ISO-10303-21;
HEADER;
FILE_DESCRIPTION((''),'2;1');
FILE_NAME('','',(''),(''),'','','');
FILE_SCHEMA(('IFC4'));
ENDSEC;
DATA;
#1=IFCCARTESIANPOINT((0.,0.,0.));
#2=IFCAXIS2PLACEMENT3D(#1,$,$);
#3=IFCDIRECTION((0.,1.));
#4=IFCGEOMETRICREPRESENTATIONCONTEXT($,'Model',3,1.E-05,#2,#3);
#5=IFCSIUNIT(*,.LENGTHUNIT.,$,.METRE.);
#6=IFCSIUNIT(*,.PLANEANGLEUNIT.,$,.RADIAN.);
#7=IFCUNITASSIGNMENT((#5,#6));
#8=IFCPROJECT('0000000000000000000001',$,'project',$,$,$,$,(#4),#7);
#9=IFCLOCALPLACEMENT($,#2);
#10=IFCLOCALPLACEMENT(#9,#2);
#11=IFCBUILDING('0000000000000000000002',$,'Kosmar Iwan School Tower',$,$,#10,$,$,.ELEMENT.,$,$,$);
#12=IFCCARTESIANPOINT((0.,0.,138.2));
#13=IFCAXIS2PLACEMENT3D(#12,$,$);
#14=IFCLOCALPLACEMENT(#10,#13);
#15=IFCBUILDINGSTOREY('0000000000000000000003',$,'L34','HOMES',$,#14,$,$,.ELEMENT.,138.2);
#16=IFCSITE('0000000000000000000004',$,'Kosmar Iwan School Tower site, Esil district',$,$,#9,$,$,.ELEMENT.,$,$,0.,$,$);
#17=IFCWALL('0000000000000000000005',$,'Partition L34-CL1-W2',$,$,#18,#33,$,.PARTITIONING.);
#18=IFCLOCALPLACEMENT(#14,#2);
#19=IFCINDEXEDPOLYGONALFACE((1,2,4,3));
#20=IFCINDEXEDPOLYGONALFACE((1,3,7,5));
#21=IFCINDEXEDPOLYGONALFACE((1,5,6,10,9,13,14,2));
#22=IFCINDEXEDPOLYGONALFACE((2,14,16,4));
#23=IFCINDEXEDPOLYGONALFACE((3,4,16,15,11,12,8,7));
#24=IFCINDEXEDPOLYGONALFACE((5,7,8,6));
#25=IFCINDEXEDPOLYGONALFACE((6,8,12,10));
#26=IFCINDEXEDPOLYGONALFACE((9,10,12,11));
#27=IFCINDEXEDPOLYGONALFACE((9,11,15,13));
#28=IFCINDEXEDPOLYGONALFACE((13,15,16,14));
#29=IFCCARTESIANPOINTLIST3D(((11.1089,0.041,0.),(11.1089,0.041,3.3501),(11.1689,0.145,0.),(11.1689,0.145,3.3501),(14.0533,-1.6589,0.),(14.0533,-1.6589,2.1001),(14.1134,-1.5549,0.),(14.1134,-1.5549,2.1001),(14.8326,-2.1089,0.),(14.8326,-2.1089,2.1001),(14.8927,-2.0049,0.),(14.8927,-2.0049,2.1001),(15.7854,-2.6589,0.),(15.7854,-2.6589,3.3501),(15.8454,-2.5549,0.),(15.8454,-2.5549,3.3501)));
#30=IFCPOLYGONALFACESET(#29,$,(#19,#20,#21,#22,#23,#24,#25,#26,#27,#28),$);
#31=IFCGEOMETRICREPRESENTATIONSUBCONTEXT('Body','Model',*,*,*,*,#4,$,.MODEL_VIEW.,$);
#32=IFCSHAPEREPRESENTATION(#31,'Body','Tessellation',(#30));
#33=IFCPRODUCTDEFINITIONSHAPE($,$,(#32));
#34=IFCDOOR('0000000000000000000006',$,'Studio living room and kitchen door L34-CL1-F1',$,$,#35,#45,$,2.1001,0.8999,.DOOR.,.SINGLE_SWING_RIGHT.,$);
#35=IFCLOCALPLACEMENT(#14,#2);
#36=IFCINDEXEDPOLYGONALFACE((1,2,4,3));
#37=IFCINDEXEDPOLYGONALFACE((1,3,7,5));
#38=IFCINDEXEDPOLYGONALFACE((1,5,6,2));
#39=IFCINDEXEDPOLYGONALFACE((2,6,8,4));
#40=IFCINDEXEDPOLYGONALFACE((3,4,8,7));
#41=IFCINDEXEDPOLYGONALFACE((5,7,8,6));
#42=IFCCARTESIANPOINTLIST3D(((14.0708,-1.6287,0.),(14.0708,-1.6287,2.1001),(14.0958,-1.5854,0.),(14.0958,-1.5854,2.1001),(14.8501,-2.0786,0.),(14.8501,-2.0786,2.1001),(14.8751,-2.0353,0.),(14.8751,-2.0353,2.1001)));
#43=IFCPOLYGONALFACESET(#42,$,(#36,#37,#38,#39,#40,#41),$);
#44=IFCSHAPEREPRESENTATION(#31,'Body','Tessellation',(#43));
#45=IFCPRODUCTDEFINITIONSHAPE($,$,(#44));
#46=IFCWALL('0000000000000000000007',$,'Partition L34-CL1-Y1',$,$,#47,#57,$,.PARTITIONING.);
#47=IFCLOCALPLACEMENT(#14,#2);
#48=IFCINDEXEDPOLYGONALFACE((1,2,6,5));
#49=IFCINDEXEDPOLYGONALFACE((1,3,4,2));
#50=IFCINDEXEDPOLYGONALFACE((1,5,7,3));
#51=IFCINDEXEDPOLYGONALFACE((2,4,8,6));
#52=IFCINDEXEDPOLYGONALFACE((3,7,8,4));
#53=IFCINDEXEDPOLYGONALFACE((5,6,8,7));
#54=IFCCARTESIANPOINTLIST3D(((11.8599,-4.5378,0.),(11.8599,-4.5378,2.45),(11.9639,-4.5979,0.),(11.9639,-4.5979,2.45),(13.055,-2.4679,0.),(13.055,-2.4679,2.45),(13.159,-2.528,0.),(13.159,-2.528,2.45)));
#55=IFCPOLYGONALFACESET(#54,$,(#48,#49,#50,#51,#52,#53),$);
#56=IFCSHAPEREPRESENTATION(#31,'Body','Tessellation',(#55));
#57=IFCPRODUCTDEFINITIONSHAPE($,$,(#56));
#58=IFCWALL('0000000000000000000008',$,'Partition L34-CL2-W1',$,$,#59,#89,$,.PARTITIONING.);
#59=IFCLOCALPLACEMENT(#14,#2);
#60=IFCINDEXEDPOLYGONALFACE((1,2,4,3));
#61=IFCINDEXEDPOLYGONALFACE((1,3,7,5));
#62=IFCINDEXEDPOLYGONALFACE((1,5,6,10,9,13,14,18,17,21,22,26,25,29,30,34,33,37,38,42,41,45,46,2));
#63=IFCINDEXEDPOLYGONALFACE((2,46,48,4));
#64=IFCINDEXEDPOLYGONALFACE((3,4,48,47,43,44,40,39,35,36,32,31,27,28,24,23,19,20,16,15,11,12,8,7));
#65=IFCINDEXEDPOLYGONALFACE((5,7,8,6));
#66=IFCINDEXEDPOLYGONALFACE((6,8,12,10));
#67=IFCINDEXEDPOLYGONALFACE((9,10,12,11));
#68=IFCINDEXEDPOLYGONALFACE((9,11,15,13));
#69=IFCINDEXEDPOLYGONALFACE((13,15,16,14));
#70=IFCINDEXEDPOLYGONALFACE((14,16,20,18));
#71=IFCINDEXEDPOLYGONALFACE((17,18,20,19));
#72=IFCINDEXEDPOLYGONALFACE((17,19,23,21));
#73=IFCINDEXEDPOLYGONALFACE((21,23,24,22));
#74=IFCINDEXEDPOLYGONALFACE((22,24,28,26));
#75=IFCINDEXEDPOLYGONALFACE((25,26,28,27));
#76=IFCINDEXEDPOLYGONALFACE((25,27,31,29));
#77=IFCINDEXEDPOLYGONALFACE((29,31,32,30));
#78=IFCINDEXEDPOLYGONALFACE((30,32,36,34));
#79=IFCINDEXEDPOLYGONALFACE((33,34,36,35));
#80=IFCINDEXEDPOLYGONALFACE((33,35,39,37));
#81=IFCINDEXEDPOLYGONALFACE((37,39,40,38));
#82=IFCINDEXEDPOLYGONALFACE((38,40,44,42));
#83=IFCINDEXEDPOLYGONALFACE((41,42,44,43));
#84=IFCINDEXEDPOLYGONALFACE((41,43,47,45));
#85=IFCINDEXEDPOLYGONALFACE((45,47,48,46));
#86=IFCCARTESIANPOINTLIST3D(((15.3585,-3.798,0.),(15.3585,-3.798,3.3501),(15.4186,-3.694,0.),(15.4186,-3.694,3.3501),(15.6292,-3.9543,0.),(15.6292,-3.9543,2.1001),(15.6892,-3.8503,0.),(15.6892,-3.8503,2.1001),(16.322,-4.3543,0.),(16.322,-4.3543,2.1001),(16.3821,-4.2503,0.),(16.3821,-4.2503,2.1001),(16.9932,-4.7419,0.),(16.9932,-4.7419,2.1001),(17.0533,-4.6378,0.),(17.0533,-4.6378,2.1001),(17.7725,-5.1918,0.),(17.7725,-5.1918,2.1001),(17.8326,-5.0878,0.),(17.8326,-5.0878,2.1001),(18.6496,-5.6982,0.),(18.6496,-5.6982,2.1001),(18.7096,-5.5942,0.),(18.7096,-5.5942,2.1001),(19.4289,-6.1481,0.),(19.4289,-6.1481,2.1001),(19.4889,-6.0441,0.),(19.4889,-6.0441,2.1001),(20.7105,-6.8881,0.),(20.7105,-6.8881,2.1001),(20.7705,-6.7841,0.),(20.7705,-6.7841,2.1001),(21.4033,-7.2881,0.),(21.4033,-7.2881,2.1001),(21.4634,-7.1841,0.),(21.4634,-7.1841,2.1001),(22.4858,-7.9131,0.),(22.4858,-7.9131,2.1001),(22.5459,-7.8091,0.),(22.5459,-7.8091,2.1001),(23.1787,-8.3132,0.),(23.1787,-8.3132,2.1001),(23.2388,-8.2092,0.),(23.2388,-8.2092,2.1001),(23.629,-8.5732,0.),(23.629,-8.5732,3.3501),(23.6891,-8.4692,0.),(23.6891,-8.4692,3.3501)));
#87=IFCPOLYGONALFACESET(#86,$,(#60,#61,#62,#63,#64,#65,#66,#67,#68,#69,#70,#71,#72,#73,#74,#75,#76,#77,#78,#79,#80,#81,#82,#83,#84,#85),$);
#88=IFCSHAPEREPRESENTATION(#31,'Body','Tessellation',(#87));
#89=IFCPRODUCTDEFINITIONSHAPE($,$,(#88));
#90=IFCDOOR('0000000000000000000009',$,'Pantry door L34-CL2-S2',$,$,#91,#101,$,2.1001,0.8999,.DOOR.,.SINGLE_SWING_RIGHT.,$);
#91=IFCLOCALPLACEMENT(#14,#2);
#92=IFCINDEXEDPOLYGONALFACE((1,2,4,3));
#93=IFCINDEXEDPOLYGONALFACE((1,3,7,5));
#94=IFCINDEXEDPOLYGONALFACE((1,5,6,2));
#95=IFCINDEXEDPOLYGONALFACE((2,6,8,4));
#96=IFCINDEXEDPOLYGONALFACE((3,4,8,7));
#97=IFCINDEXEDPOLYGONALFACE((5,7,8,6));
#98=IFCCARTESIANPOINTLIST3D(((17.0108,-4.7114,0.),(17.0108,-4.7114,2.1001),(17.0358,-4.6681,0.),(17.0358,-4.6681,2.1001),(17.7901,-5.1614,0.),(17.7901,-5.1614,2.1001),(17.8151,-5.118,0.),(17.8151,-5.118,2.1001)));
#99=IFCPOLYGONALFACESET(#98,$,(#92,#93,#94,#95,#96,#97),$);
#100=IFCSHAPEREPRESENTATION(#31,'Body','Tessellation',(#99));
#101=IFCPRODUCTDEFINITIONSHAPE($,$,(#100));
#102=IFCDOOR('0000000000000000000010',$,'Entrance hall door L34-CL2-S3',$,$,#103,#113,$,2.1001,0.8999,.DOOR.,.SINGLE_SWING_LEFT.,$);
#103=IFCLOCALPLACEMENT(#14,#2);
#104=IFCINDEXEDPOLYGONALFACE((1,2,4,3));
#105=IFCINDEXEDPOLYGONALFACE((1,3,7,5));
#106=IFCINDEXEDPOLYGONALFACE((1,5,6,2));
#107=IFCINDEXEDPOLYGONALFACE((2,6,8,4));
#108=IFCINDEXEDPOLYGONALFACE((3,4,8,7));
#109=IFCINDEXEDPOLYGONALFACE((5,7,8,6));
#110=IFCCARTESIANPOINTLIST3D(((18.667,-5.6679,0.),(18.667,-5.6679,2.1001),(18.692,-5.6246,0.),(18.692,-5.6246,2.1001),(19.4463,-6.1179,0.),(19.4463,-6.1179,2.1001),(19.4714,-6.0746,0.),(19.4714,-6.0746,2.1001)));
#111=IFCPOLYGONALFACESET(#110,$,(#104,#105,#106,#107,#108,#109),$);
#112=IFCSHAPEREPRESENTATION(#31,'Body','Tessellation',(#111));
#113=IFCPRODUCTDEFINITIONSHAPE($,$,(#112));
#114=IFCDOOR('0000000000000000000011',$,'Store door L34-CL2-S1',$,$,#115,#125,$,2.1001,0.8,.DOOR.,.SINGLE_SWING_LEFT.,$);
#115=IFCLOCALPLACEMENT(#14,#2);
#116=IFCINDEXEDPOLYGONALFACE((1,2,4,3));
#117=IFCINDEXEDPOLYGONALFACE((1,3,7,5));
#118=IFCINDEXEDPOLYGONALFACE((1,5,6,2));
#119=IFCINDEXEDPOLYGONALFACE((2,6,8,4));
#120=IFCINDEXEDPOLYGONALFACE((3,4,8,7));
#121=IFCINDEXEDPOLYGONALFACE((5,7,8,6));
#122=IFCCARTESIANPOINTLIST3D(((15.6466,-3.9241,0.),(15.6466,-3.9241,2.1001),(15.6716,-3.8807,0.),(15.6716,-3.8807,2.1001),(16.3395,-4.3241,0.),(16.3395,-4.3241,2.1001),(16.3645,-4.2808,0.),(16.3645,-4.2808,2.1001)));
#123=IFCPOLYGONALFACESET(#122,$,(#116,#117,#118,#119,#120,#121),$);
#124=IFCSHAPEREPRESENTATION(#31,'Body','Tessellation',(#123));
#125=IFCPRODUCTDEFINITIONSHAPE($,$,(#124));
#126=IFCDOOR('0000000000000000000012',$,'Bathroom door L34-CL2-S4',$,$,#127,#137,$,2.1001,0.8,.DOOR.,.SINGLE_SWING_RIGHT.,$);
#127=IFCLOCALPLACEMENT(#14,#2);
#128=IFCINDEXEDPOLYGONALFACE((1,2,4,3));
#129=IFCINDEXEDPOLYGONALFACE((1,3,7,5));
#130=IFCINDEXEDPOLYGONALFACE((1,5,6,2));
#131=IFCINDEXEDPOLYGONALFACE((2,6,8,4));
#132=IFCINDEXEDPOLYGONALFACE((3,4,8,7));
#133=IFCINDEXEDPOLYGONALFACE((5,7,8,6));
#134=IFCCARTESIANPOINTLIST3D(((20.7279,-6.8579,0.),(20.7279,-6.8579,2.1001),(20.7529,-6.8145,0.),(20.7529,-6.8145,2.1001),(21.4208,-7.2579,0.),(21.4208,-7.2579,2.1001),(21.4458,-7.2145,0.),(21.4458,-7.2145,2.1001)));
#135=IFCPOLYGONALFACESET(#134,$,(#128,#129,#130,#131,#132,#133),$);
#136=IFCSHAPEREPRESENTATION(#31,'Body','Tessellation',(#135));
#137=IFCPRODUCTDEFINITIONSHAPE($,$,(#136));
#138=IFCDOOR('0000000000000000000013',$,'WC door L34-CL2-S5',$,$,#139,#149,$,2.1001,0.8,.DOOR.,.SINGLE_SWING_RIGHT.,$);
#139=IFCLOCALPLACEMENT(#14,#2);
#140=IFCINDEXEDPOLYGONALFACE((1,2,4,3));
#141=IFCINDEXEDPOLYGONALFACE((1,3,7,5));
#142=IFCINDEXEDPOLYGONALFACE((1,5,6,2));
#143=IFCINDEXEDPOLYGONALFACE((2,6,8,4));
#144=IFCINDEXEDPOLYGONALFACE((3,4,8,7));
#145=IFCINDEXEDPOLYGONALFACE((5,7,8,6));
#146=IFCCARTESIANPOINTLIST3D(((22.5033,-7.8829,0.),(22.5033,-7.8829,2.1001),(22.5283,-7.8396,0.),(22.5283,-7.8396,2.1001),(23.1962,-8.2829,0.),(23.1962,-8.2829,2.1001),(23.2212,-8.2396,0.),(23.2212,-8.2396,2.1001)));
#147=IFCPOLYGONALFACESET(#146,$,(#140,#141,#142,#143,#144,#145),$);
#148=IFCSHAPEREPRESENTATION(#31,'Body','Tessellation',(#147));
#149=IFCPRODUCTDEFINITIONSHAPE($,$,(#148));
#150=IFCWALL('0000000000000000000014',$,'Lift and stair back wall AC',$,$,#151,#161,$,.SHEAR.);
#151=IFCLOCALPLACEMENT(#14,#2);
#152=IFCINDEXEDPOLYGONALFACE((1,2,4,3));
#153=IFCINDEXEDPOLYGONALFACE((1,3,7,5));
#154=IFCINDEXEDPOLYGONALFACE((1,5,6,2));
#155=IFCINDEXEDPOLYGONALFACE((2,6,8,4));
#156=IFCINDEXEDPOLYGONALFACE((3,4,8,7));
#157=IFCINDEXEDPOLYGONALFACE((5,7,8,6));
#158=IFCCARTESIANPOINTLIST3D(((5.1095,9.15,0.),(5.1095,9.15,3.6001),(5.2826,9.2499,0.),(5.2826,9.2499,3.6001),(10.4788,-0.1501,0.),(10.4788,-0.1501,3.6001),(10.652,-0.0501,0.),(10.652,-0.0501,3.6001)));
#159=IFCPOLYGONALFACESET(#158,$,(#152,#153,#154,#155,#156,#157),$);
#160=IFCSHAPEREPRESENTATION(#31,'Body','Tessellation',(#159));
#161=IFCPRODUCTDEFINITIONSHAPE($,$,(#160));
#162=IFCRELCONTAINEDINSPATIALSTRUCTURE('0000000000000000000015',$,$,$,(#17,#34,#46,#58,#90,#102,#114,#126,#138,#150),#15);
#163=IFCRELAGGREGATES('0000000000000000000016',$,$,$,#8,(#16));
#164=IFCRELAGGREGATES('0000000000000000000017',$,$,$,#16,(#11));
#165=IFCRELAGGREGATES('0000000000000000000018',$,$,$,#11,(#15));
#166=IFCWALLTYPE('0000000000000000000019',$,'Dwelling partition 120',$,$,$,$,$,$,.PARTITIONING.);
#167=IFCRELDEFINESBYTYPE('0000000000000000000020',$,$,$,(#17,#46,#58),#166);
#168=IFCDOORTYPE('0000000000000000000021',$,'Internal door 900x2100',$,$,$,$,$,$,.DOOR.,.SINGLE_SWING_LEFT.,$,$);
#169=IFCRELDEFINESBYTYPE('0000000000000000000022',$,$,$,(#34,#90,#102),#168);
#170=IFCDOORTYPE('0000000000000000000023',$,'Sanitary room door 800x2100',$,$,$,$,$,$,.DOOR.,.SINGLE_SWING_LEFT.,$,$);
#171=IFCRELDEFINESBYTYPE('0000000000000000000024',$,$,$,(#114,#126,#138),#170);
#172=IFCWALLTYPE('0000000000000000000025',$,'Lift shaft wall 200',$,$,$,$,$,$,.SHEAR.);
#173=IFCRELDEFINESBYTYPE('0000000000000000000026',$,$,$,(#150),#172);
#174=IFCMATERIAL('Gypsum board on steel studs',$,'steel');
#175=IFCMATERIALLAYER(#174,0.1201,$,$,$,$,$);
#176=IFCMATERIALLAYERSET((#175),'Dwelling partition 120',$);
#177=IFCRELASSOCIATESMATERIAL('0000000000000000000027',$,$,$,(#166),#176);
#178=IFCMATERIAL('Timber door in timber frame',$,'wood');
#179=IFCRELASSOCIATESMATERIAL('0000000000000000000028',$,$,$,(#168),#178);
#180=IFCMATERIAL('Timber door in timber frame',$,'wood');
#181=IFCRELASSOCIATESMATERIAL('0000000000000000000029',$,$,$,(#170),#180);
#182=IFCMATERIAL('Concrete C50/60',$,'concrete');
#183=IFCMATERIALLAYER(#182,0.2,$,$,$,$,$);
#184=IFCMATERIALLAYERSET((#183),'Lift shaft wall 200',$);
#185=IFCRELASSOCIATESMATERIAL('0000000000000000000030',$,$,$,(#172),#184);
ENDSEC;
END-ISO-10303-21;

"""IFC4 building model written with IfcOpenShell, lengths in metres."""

from ifc_helpers import new_model, si_unit, direction, frame, frame_2d, origin, place, context, subcontext, project, spatial, rectangle, extrude, material, layer, layer_set, type_object, element, fill, save


model = new_model("IFC4")

# Units and contexts
model_context = context("Model", 3, precision=1e-05, world=origin(), true_north=direction((0.0, 1.0)))
body_context = subcontext(model_context, "Body", "Model", "MODEL_VIEW")
ifc_project = project(units=[si_unit("LENGTHUNIT", "METRE"), si_unit("PLANEANGLEUNIT", "RADIAN")], contexts=[model_context])

# Site, building, storey
site_placement = place(None, origin())
site = spatial("IfcSite", under=ifc_project, at=site_placement, Name="Kosmar Iwan School Tower site, Esil district", CompositionType="ELEMENT", RefElevation=0.0)
building_placement = place(site_placement, origin())
building = spatial("IfcBuilding", under=site, at=building_placement, Name="Kosmar Iwan School Tower", CompositionType="ELEMENT")
storey_placement = place(building_placement, frame((0.0, 0.0, 138.2)))
storey = spatial("IfcBuildingStorey", under=building, at=storey_placement, Name="L34", Description="HOMES", CompositionType="ELEMENT", Elevation=138.2)

# Shared definitions
ifc_material_1 = material(Name="Gypsum board on steel studs", Category="steel")
ifc_layer_1 = layer(ifc_material_1, 0.1201)
ifc_layer_set_1 = layer_set([ifc_layer_1], Name="Dwelling partition 120")
wall_type_1 = type_object("IfcWallType", Name="Dwelling partition 120", PredefinedType="PARTITIONING", material=ifc_layer_set_1)
ifc_material_2 = material(Name="Timber door in timber frame", Category="wood")
door_type_1 = type_object("IfcDoorType", Name="Internal door 900x2100", OperationType="SINGLE_SWING_LEFT", PredefinedType="DOOR", material=ifc_material_2)
ifc_material_3 = material(Name="Timber door in timber frame", Category="wood")
door_type_2 = type_object("IfcDoorType", Name="Sanitary room door 800x2100", OperationType="SINGLE_SWING_LEFT", PredefinedType="DOOR", material=ifc_material_3)

# Wall, opening, door
wall_1_placement = place(storey_placement, frame((11.1389, 0.093, 0.0), z_axis=(0.0, 0.0, 1.0), x_axis=(0.866028, -0.499995, 0.0)))
wall_1 = element("IfcWall", 1, at=wall_1_placement, inside=storey, type_object=wall_type_1, Name="Partition L34-CL1-W2", PredefinedType="PARTITIONING", context=body_context, shape_type="SweptSolid", body=[
    extrude(rectangle(XDim=5.3999, YDim=0.1201, at=frame_2d((2.7, 0.0))), origin(), (0.0, 0.0, 1.0), 3.3501),
])
opening_1_placement = place(wall_1_placement, frame((3.3999, 0.0, 0.0)))
opening_1 = element("IfcOpeningElement", 2, at=opening_1_placement, cuts=wall_1, PredefinedType="OPENING", context=body_context, shape_type="SweptSolid", body=[
    extrude(rectangle(XDim=0.8999, YDim=2.1001, at=frame_2d((0.45, 1.05))), frame((0.0, 0.072, 0.0), z_axis=(0.0, -1.0, 0.0), x_axis=(1.0, 0.0, 0.0)), (0.0, 0.0, 1.0), 0.144),
])
door_1_placement = place(opening_1_placement, origin())
door_1 = element("IfcDoor", 3, at=door_1_placement, inside=storey, type_object=door_type_1, Name="Studio living room and kitchen door L34-CL1-F1", OperationType="SINGLE_SWING_RIGHT", OverallHeight=2.1001, OverallWidth=0.8999, PredefinedType="DOOR", context=body_context, shape_type="SweptSolid", body=[
    extrude(rectangle(XDim=0.8999, YDim=2.1001, at=frame_2d((0.45, 1.05))), frame((0.0, 0.0249, 0.0), z_axis=(0.0, -1.0, 0.0), x_axis=(1.0, 0.0, 0.0)), (0.0, 0.0, 1.0), 0.05),
])
fill(opening_1, door_1)

# Wall
wall_2_placement = place(storey_placement, frame((11.9119, -4.5679, 0.0), z_axis=(0.0, 0.0, 1.0), x_axis=(0.500017, 0.866015, 0.0)))
element("IfcWall", 4, at=wall_2_placement, inside=storey, type_object=wall_type_1, Name="Partition L34-CL1-Y1", PredefinedType="PARTITIONING", context=body_context, shape_type="SweptSolid", body=[
    extrude(rectangle(XDim=2.3901, YDim=0.1201, at=frame_2d((1.1951, 0.0))), origin(), (0.0, 0.0, 1.0), 2.45),
])

# Wall, openings, doors
wall_3_placement = place(storey_placement, frame((15.3887, -3.7461, 0.0), z_axis=(0.0, 0.0, 1.0), x_axis=(0.866018, -0.500013, 0.0)))
wall_3 = element("IfcWall", 5, at=wall_3_placement, inside=storey, type_object=wall_type_1, Name="Partition L34-CL2-W1", PredefinedType="PARTITIONING", context=body_context, shape_type="SweptSolid", body=[
    extrude(rectangle(XDim=9.55, YDim=0.1201, at=frame_2d((4.7749, 0.0))), origin(), (0.0, 0.0, 1.0), 3.3501),
])
opening_2_placement = place(wall_3_placement, frame((0.3125, 0.0, 0.0)))
opening_2 = element("IfcOpeningElement", 6, at=opening_2_placement, cuts=wall_3, PredefinedType="OPENING", context=body_context, shape_type="SweptSolid", body=[
    extrude(rectangle(XDim=0.8, YDim=2.1001, at=frame_2d((0.3999, 1.05))), frame((0.0, 0.072, 0.0), z_axis=(0.0, -1.0, 0.0), x_axis=(1.0, 0.0, 0.0)), (0.0, 0.0, 1.0), 0.144),
])
opening_3_placement = place(wall_3_placement, frame((1.8875, 0.0, 0.0)))
opening_3 = element("IfcOpeningElement", 7, at=opening_3_placement, cuts=wall_3, PredefinedType="OPENING", context=body_context, shape_type="SweptSolid", body=[
    extrude(rectangle(XDim=0.8999, YDim=2.1001, at=frame_2d((0.45, 1.05))), frame((0.0, 0.072, 0.0), z_axis=(0.0, -1.0, 0.0), x_axis=(1.0, 0.0, 0.0)), (0.0, 0.0, 1.0), 0.144),
])
opening_4_placement = place(wall_3_placement, frame((3.8, 0.0, 0.0)))
opening_4 = element("IfcOpeningElement", 8, at=opening_4_placement, cuts=wall_3, PredefinedType="OPENING", context=body_context, shape_type="SweptSolid", body=[
    extrude(rectangle(XDim=0.8999, YDim=2.1001, at=frame_2d((0.45, 1.05))), frame((0.0, 0.072, 0.0), z_axis=(0.0, -1.0, 0.0), x_axis=(1.0, 0.0, 0.0)), (0.0, 0.0, 1.0), 0.144),
])
opening_5_placement = place(wall_3_placement, frame((6.1799, 0.0, 0.0)))
opening_5 = element("IfcOpeningElement", 9, at=opening_5_placement, cuts=wall_3, PredefinedType="OPENING", context=body_context, shape_type="SweptSolid", body=[
    extrude(rectangle(XDim=0.8, YDim=2.1001, at=frame_2d((0.3999, 1.05))), frame((0.0, 0.072, 0.0), z_axis=(0.0, -1.0, 0.0), x_axis=(1.0, 0.0, 0.0)), (0.0, 0.0, 1.0), 0.144),
])
opening_6_placement = place(wall_3_placement, frame((8.23, 0.0, 0.0)))
opening_6 = element("IfcOpeningElement", 10, at=opening_6_placement, cuts=wall_3, PredefinedType="OPENING", context=body_context, shape_type="SweptSolid", body=[
    extrude(rectangle(XDim=0.8, YDim=2.1001, at=frame_2d((0.3999, 1.05))), frame((0.0, 0.072, 0.0), z_axis=(0.0, -1.0, 0.0), x_axis=(1.0, 0.0, 0.0)), (0.0, 0.0, 1.0), 0.144),
])
door_2_placement = place(opening_3_placement, frame((0.8999, 0.0, 0.0), z_axis=(0.0, 0.0, 1.0), x_axis=(-1.0, 0.0, 0.0)))
door_2 = element("IfcDoor", 11, at=door_2_placement, inside=storey, type_object=door_type_1, Name="Pantry door L34-CL2-S2", OperationType="SINGLE_SWING_RIGHT", OverallHeight=2.1001, OverallWidth=0.8999, PredefinedType="DOOR", context=body_context, shape_type="SweptSolid", body=[
    extrude(rectangle(XDim=0.8999, YDim=2.1001, at=frame_2d((0.45, 1.05))), frame((0.0, 0.0249, 0.0), z_axis=(0.0, -1.0, 0.0), x_axis=(1.0, 0.0, 0.0)), (0.0, 0.0, 1.0), 0.05),
])
fill(opening_3, door_2)
door_3_placement = place(opening_4_placement, origin())
door_3 = element("IfcDoor", 12, at=door_3_placement, inside=storey, type_object=door_type_1, Name="Entrance hall door L34-CL2-S3", OperationType="SINGLE_SWING_LEFT", OverallHeight=2.1001, OverallWidth=0.8999, PredefinedType="DOOR", context=body_context, shape_type="SweptSolid", body=[
    extrude(rectangle(XDim=0.8999, YDim=2.1001, at=frame_2d((0.45, 1.05))), frame((0.0, 0.0249, 0.0), z_axis=(0.0, -1.0, 0.0), x_axis=(1.0, 0.0, 0.0)), (0.0, 0.0, 1.0), 0.05),
])
fill(opening_4, door_3)
door_4_placement = place(opening_2_placement, origin())
door_4 = element("IfcDoor", 13, at=door_4_placement, inside=storey, type_object=door_type_2, Name="Store door L34-CL2-S1", OperationType="SINGLE_SWING_LEFT", OverallHeight=2.1001, OverallWidth=0.8, PredefinedType="DOOR", context=body_context, shape_type="SweptSolid", body=[
    extrude(rectangle(XDim=0.8, YDim=2.1001, at=frame_2d((0.3999, 1.05))), frame((0.0, 0.0249, 0.0), z_axis=(0.0, -1.0, 0.0), x_axis=(1.0, 0.0, 0.0)), (0.0, 0.0, 1.0), 0.05),
])
fill(opening_2, door_4)
door_5_placement = place(opening_5_placement, origin())
door_5 = element("IfcDoor", 14, at=door_5_placement, inside=storey, type_object=door_type_2, Name="Bathroom door L34-CL2-S4", OperationType="SINGLE_SWING_RIGHT", OverallHeight=2.1001, OverallWidth=0.8, PredefinedType="DOOR", context=body_context, shape_type="SweptSolid", body=[
    extrude(rectangle(XDim=0.8, YDim=2.1001, at=frame_2d((0.3999, 1.05))), frame((0.0, 0.0249, 0.0), z_axis=(0.0, -1.0, 0.0), x_axis=(1.0, 0.0, 0.0)), (0.0, 0.0, 1.0), 0.05),
])
fill(opening_5, door_5)
door_6_placement = place(opening_6_placement, origin())
door_6 = element("IfcDoor", 15, at=door_6_placement, inside=storey, type_object=door_type_2, Name="WC door L34-CL2-S5", OperationType="SINGLE_SWING_RIGHT", OverallHeight=2.1001, OverallWidth=0.8, PredefinedType="DOOR", context=body_context, shape_type="SweptSolid", body=[
    extrude(rectangle(XDim=0.8, YDim=2.1001, at=frame_2d((0.3999, 1.05))), frame((0.0, 0.0249, 0.0), z_axis=(0.0, -1.0, 0.0), x_axis=(1.0, 0.0, 0.0)), (0.0, 0.0, 1.0), 0.05),
])
fill(opening_6, door_6)

# Wall
ifc_material_4 = material(Name="Concrete C50/60", Category="concrete")
ifc_layer_2 = layer(ifc_material_4, 0.2)
ifc_layer_set_2 = layer_set([ifc_layer_2], Name="Lift shaft wall 200")
wall_type_2 = type_object("IfcWallType", Name="Lift shaft wall 200", PredefinedType="SHEAR", material=ifc_layer_set_2)
wall_4_placement = place(storey_placement, frame((10.5654, -0.1001, 0.0), z_axis=(0.0, 0.0, 1.0), x_axis=(-0.5, 0.866025, 0.0)))
element("IfcWall", 16, at=wall_4_placement, inside=storey, type_object=wall_type_2, Name="Lift and stair back wall AC", PredefinedType="SHEAR", context=body_context, shape_type="SweptSolid", body=[
    extrude(rectangle(XDim=10.7388, YDim=0.2, at=frame_2d((5.3694, 0.0))), origin(), (0.0, 0.0, 1.0), 3.6001),
])

save(model, "model.ifc")
